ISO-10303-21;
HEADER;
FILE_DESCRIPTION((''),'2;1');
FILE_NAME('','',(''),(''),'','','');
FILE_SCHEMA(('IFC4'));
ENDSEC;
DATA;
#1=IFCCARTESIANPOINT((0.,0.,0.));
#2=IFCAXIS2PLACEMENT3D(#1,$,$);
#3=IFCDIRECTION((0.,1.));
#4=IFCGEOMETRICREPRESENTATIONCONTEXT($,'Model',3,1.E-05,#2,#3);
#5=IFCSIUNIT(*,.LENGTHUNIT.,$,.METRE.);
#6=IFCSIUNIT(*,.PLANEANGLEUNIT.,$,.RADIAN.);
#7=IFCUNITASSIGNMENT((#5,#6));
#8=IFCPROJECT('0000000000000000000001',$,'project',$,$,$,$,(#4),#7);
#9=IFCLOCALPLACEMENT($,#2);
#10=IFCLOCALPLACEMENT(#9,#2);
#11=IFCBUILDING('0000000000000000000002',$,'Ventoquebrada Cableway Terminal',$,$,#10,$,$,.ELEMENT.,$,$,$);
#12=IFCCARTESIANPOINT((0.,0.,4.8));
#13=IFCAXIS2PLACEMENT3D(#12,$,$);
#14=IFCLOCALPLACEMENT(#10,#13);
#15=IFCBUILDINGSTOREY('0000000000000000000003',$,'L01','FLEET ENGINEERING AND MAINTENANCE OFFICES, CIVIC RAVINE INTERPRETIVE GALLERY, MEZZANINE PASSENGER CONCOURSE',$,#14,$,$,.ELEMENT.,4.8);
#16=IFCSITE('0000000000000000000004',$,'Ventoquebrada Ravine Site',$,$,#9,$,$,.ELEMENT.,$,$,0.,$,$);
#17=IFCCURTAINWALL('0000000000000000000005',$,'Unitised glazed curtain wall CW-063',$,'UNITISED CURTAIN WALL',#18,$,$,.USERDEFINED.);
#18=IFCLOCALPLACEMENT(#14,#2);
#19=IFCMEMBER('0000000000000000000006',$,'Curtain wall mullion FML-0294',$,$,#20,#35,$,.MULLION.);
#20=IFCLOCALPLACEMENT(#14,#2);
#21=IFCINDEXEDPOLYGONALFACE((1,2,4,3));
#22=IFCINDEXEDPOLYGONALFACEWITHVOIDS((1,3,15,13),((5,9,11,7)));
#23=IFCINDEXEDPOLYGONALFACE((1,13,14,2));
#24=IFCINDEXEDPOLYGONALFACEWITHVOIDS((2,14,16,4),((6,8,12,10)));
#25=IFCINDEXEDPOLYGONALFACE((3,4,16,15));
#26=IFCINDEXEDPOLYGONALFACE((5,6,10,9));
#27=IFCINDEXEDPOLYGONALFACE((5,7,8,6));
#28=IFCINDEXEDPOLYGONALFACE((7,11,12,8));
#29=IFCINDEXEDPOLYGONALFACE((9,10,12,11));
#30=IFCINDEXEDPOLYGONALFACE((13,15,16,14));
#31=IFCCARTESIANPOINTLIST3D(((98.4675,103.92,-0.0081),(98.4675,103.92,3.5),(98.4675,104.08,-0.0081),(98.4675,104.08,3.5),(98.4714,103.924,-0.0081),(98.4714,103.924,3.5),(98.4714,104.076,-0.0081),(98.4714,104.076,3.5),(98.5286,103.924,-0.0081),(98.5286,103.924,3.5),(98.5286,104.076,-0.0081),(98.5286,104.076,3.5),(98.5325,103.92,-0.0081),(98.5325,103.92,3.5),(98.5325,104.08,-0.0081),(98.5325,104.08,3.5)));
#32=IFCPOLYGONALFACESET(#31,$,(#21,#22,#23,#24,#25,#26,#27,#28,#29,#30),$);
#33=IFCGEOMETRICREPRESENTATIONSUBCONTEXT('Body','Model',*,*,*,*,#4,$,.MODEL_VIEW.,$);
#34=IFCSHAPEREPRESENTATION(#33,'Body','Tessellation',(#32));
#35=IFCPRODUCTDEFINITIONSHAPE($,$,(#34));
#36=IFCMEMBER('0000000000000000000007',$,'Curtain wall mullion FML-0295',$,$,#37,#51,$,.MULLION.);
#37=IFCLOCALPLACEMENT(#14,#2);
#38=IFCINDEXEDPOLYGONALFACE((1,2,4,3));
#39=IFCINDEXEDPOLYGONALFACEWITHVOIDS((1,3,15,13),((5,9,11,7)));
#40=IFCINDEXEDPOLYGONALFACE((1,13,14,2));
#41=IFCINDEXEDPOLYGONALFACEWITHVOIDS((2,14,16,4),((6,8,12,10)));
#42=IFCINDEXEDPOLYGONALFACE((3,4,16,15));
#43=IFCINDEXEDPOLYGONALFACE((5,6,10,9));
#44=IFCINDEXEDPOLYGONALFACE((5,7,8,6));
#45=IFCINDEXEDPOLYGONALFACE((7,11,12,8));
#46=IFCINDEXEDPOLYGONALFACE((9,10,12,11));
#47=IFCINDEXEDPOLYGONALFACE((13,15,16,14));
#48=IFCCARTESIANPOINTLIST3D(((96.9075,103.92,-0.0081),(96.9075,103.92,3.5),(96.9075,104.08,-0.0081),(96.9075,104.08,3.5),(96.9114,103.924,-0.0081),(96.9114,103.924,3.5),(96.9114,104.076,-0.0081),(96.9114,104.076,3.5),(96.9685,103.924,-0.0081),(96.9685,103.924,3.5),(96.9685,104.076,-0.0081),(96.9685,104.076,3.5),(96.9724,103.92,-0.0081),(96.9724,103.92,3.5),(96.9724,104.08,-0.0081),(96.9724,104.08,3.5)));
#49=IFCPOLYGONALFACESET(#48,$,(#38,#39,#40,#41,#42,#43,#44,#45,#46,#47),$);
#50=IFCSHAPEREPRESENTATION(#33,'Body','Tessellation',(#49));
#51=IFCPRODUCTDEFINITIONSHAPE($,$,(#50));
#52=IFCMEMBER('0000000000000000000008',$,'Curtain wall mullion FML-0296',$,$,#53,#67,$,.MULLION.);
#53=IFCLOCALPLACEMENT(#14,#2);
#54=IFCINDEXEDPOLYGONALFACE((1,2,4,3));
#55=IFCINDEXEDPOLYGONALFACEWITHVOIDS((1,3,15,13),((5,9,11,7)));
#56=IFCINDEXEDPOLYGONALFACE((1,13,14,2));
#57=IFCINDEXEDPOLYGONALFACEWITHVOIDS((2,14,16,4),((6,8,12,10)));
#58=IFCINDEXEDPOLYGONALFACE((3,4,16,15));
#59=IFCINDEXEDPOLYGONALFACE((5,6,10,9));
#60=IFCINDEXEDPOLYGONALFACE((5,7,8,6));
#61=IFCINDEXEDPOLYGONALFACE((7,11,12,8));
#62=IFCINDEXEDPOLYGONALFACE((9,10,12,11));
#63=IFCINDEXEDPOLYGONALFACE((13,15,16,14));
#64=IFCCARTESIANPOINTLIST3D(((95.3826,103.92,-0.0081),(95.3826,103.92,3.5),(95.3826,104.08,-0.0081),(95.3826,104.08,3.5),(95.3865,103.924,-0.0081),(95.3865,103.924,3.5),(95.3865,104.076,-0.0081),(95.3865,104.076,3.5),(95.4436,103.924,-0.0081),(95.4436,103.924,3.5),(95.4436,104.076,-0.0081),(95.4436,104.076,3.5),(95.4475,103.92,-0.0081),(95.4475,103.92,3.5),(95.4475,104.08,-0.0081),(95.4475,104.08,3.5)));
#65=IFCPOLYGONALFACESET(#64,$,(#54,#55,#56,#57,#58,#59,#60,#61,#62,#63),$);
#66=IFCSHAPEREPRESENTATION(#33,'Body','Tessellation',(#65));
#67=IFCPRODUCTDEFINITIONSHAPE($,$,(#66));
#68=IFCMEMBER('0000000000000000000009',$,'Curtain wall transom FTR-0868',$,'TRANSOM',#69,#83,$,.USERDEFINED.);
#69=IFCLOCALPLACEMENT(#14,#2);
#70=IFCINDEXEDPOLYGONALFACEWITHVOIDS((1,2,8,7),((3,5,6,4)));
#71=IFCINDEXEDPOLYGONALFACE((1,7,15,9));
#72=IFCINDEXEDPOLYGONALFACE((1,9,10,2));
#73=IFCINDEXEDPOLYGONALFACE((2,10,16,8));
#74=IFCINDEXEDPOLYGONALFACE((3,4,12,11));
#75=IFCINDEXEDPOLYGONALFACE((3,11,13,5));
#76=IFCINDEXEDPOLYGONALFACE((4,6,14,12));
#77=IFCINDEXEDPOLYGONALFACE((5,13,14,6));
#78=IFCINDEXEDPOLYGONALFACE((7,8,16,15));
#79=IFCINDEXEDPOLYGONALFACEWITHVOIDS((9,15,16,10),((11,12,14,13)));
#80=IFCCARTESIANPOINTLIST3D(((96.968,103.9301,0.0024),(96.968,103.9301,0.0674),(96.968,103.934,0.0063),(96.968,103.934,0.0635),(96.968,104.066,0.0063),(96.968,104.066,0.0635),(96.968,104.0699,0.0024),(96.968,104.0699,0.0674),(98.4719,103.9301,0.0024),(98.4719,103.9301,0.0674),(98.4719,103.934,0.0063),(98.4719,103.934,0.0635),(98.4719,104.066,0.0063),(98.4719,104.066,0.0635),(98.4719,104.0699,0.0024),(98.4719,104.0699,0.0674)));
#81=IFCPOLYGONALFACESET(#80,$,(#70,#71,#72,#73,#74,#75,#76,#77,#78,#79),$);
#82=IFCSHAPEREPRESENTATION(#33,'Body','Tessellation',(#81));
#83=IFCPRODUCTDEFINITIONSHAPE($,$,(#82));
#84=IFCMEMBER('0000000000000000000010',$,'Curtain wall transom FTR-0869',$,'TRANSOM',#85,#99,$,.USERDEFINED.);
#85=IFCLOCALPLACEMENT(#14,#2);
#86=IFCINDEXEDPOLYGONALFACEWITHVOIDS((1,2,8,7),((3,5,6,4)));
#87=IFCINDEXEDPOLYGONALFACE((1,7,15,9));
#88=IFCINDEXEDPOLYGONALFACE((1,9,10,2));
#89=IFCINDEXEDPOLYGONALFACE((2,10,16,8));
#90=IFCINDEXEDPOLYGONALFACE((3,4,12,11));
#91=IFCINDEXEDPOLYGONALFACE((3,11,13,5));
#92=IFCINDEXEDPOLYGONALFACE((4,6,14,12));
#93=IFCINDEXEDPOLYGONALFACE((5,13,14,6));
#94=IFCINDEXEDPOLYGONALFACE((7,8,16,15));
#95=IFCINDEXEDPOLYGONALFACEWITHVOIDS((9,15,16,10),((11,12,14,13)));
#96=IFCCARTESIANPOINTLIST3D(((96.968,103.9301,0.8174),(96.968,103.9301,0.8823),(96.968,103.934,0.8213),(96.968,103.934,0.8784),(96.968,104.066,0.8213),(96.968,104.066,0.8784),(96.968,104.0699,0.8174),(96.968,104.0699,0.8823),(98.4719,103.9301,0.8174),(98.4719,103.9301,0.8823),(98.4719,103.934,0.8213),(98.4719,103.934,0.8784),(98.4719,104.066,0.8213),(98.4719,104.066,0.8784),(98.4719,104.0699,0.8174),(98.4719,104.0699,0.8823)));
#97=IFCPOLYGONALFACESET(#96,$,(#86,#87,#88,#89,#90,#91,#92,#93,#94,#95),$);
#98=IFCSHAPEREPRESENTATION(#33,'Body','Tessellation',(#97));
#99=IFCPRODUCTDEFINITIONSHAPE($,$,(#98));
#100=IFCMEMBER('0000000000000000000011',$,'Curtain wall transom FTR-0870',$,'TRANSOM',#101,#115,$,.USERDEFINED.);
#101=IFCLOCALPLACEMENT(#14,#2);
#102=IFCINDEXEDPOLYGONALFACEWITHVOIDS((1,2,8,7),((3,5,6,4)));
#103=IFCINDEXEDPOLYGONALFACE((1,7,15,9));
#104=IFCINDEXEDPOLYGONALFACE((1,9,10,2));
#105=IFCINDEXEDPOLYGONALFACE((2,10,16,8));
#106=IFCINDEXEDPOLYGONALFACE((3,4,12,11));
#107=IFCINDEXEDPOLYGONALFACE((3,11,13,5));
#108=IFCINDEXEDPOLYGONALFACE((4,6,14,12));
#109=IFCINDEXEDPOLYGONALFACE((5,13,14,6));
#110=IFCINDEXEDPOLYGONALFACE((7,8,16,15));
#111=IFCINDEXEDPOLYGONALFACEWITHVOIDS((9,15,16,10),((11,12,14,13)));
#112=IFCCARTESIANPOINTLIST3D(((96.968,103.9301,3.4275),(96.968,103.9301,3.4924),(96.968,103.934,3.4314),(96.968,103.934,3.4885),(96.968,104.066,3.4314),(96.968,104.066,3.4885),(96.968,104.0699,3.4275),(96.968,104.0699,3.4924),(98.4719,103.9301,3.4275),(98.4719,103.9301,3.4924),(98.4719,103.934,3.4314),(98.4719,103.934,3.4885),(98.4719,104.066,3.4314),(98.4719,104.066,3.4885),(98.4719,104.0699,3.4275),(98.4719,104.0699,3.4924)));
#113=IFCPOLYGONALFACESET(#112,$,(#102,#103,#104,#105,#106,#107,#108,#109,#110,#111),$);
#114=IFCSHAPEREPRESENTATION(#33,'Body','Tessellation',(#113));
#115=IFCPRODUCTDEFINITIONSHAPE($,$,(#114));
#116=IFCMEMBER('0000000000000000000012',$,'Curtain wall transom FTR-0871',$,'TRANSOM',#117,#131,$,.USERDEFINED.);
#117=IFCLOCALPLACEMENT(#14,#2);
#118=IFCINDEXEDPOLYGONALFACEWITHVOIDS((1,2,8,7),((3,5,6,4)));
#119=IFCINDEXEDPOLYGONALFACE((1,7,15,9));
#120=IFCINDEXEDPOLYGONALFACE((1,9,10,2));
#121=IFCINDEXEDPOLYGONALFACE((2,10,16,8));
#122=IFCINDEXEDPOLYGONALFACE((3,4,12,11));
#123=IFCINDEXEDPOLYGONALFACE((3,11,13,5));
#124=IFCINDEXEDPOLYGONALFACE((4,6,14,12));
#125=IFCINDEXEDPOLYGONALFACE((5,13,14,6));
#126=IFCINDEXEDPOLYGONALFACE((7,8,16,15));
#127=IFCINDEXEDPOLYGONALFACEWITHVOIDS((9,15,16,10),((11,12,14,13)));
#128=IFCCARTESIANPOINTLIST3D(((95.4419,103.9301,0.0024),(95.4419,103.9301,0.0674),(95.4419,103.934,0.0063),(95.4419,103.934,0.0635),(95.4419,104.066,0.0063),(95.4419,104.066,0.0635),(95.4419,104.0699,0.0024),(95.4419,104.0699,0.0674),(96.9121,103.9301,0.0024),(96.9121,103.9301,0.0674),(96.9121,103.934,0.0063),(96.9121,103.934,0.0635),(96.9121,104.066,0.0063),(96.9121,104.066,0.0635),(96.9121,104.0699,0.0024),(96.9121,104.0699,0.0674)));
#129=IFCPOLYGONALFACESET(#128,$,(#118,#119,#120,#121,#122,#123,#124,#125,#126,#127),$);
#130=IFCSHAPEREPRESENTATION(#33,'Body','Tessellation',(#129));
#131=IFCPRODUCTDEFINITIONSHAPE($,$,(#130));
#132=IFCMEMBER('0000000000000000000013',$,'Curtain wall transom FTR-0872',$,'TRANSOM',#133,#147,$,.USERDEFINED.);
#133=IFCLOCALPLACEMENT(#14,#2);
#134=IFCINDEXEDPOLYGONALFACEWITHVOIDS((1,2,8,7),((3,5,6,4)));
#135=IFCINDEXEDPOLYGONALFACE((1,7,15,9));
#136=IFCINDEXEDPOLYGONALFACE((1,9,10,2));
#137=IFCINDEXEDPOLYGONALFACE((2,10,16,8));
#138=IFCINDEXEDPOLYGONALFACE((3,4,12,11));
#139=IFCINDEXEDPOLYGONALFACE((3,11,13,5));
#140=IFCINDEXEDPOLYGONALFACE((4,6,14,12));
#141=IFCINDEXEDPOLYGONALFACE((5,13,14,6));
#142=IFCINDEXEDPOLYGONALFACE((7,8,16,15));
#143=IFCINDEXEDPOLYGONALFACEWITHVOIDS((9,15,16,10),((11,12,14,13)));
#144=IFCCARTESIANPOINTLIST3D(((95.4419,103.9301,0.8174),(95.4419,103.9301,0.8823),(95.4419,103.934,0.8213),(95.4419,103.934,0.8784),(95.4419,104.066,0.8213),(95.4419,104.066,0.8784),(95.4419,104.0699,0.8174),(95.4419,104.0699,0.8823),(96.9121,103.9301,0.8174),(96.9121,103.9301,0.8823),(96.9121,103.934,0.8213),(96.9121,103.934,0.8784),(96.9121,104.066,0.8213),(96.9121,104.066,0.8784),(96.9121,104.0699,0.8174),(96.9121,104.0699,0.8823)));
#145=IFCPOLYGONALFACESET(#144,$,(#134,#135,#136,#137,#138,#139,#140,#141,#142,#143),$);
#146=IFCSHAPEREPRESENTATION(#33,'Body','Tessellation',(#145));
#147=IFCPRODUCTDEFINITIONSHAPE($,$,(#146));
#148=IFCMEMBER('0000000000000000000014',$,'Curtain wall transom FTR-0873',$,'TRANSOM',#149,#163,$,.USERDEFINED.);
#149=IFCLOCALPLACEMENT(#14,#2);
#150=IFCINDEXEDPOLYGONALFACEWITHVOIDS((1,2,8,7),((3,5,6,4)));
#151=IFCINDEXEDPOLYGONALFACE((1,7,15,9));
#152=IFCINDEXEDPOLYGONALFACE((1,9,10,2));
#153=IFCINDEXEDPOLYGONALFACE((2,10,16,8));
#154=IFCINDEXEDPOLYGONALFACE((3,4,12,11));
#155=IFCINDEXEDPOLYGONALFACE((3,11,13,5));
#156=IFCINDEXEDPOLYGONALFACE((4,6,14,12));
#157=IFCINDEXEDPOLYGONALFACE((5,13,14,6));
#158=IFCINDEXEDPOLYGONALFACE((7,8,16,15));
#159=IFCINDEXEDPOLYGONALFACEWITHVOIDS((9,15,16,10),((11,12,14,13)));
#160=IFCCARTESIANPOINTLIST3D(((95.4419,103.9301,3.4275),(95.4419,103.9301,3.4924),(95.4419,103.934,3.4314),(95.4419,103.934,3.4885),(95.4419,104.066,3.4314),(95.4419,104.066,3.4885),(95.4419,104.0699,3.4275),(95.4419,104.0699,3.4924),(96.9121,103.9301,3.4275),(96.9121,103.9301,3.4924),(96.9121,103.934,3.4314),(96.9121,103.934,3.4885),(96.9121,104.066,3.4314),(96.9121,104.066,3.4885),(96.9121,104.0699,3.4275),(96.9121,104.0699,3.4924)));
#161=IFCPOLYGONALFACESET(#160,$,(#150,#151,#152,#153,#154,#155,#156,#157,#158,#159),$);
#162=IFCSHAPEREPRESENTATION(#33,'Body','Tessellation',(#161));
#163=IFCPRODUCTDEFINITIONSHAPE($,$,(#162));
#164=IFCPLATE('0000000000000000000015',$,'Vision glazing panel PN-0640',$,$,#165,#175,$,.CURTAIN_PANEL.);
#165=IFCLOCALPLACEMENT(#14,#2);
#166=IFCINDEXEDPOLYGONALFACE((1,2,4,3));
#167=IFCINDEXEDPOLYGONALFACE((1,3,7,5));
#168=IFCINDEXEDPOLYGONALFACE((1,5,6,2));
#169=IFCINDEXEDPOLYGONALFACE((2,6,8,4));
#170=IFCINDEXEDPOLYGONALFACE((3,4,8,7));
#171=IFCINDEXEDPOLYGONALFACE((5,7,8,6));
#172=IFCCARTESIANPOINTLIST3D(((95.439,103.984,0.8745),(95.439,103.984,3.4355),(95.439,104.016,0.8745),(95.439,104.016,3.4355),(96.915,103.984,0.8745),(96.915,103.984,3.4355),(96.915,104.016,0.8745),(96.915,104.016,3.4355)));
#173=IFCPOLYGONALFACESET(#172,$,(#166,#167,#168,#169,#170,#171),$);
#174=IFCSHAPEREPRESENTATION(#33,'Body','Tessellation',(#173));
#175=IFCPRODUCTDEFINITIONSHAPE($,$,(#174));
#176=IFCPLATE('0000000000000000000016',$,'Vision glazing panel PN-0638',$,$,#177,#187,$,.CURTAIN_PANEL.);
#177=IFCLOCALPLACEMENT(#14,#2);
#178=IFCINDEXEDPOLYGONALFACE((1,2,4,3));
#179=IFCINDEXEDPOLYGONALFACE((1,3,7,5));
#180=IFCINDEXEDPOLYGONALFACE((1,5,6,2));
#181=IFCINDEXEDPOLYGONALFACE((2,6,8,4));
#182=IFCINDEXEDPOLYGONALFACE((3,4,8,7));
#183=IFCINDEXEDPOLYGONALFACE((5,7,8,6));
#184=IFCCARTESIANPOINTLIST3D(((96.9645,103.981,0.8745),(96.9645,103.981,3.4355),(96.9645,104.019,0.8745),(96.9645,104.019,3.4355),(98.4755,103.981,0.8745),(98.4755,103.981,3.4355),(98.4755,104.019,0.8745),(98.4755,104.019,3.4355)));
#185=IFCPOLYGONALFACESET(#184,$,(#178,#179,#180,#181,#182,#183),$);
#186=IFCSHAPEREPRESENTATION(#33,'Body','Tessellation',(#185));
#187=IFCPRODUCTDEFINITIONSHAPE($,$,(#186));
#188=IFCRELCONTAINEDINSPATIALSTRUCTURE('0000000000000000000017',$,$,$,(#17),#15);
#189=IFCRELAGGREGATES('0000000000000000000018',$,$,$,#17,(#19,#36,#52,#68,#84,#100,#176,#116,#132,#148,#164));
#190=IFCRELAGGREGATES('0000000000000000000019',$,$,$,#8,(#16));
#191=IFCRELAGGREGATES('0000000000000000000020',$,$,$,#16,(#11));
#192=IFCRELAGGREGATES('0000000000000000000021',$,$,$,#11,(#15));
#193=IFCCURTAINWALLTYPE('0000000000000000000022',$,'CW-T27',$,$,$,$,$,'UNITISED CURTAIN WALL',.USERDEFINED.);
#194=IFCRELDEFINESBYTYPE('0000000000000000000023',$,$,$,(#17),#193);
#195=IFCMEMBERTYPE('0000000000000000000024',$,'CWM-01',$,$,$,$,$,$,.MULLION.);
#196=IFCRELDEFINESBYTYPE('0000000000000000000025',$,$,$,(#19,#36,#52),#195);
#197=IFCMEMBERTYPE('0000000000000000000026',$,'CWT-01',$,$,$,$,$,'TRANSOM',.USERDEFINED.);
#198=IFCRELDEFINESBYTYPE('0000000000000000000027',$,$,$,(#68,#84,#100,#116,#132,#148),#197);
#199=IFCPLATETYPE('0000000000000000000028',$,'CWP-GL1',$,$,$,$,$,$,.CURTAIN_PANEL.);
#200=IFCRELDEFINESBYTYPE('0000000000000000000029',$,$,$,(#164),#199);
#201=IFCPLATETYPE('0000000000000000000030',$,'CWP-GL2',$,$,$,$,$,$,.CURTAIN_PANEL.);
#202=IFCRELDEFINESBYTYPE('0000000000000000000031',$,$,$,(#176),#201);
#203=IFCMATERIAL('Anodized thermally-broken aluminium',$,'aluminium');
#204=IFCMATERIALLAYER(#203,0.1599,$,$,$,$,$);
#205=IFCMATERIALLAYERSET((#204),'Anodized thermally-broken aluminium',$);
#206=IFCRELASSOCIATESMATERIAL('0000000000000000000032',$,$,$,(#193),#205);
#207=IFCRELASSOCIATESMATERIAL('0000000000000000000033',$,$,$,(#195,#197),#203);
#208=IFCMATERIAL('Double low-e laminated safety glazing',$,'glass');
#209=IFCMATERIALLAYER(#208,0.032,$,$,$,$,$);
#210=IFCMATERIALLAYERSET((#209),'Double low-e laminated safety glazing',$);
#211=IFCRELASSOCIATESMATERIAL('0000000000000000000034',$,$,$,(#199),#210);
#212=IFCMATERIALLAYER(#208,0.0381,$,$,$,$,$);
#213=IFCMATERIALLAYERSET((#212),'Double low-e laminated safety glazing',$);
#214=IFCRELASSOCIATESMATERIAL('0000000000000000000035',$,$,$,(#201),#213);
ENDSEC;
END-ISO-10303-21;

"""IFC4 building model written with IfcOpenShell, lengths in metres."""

from ifc_helpers import new_model, si_unit, direction, frame, origin, origin_2d, place, context, subcontext, project, spatial, rectangle, hollow_rectangle, extrude, material, layer, layer_set, material_profile, profile_set, type_object, element, aggregate, save


model = new_model("IFC4")

# Units and contexts
model_context = context("Model", 3, precision=1e-05, world=origin(), true_north=direction((0.0, 1.0)))
body_context = subcontext(model_context, "Body", "Model", "MODEL_VIEW")
ifc_project = project(units=[si_unit("LENGTHUNIT", "METRE"), si_unit("PLANEANGLEUNIT", "RADIAN")], contexts=[model_context])

# Site, building, storey
site_placement = place(None, origin())
site = spatial("IfcSite", under=ifc_project, at=site_placement, Name="Ventoquebrada Ravine Site", CompositionType="ELEMENT", RefElevation=0.0)
building_placement = place(site_placement, origin())
building = spatial("IfcBuilding", under=site, at=building_placement, Name="Ventoquebrada Cableway Terminal", CompositionType="ELEMENT")
storey_placement = place(building_placement, frame((0.0, 0.0, 4.8)))
storey = spatial("IfcBuildingStorey", under=building, at=storey_placement, Name="L01", Description="FLEET ENGINEERING AND MAINTENANCE OFFICES, CIVIC RAVINE INTERPRETIVE GALLERY, MEZZANINE PASSENGER CONCOURSE", CompositionType="ELEMENT", Elevation=4.8)

# Curtain wall, members, plates
ifc_material_1 = material(Name="Anodized thermally-broken aluminium", Category="aluminium")
ifc_layer_1 = layer(ifc_material_1, 0.1599)
ifc_layer_set_1 = layer_set([ifc_layer_1], Name="Anodized thermally-broken aluminium")
curtain_wall_type = type_object("IfcCurtainWallType", Name="CW-T27", ElementType="UNITISED CURTAIN WALL", PredefinedType="USERDEFINED", material=ifc_layer_set_1)
curtain_wall_placement = place(storey_placement, origin())
curtain_wall = element("IfcCurtainWall", 1, at=curtain_wall_placement, inside=storey, type_object=curtain_wall_type, Name="Unitised glazed curtain wall CW-063", ObjectType="UNITISED CURTAIN WALL", PredefinedType="USERDEFINED")
ifc_material_profile_1 = material_profile(ifc_material_1, hollow_rectangle(XDim=0.0649, YDim=0.1599, WallThickness=0.0039, at=origin_2d()), Name="CW-MUL-65X160")
ifc_profile_set_1 = profile_set([ifc_material_profile_1], Name="Anodized thermally-broken aluminium")
member_type_1 = type_object("IfcMemberType", Name="CWM-01", PredefinedType="MULLION", material=ifc_profile_set_1)
member_1_placement = place(storey_placement, frame((98.5, 104.0, -0.0081), z_axis=(0.0, 0.0, 1.0), x_axis=(-1.0, 0.0, 0.0)))
member_1 = element("IfcMember", 2, at=member_1_placement, type_object=member_type_1, Name="Curtain wall mullion FML-0294", PredefinedType="MULLION", context=body_context, shape_type="SweptSolid", body=[
    extrude(hollow_rectangle(XDim=0.0649, YDim=0.1599, WallThickness=0.0039, at=origin_2d()), origin(), (0.0, 0.0, 1.0), 3.5081),
])
member_2_placement = place(storey_placement, frame((96.9399, 104.0, -0.0081), z_axis=(0.0, 0.0, 1.0), x_axis=(-1.0, 0.0, 0.0)))
member_2 = element("IfcMember", 3, at=member_2_placement, type_object=member_type_1, Name="Curtain wall mullion FML-0295", PredefinedType="MULLION", context=body_context, shape_type="SweptSolid", body=[
    extrude(hollow_rectangle(XDim=0.0649, YDim=0.1599, WallThickness=0.0039, at=origin_2d()), origin(), (0.0, 0.0, 1.0), 3.5081),
])
member_3_placement = place(storey_placement, frame((95.415, 104.0, -0.0081), z_axis=(0.0, 0.0, 1.0), x_axis=(-1.0, 0.0, 0.0)))
member_3 = element("IfcMember", 4, at=member_3_placement, type_object=member_type_1, Name="Curtain wall mullion FML-0296", PredefinedType="MULLION", context=body_context, shape_type="SweptSolid", body=[
    extrude(hollow_rectangle(XDim=0.0649, YDim=0.1599, WallThickness=0.0039, at=origin_2d()), origin(), (0.0, 0.0, 1.0), 3.5081),
])
ifc_material_profile_2 = material_profile(ifc_material_1, hollow_rectangle(XDim=0.0649, YDim=0.1399, WallThickness=0.0039, at=origin_2d()), Name="CW-TRN-65X140")
ifc_profile_set_2 = profile_set([ifc_material_profile_2], Name="Anodized thermally-broken aluminium")
member_type_2 = type_object("IfcMemberType", Name="CWT-01", ElementType="TRANSOM", PredefinedType="USERDEFINED", material=ifc_profile_set_2)
member_4_placement = place(storey_placement, frame((98.4719, 104.0, 0.0349), z_axis=(-1.0, 0.0, 0.0), x_axis=(0.0, 0.0, 1.0)))
member_4 = element("IfcMember", 5, at=member_4_placement, type_object=member_type_2, Name="Curtain wall transom FTR-0868", ObjectType="TRANSOM", PredefinedType="USERDEFINED", context=body_context, shape_type="SweptSolid", body=[
    extrude(hollow_rectangle(XDim=0.0649, YDim=0.1399, WallThickness=0.0039, at=origin_2d()), origin(), (0.0, 0.0, 1.0), 1.5039),
])
member_5_placement = place(storey_placement, frame((98.4719, 104.0, 0.8499), z_axis=(-1.0, 0.0, 0.0), x_axis=(0.0, 0.0, 1.0)))
member_5 = element("IfcMember", 6, at=member_5_placement, type_object=member_type_2, Name="Curtain wall transom FTR-0869", ObjectType="TRANSOM", PredefinedType="USERDEFINED", context=body_context, shape_type="SweptSolid", body=[
    extrude(hollow_rectangle(XDim=0.0649, YDim=0.1399, WallThickness=0.0039, at=origin_2d()), origin(), (0.0, 0.0, 1.0), 1.5039),
])
member_6_placement = place(storey_placement, frame((98.4719, 104.0, 3.46), z_axis=(-1.0, 0.0, 0.0), x_axis=(0.0, 0.0, 1.0)))
member_6 = element("IfcMember", 7, at=member_6_placement, type_object=member_type_2, Name="Curtain wall transom FTR-0870", ObjectType="TRANSOM", PredefinedType="USERDEFINED", context=body_context, shape_type="SweptSolid", body=[
    extrude(hollow_rectangle(XDim=0.0649, YDim=0.1399, WallThickness=0.0039, at=origin_2d()), origin(), (0.0, 0.0, 1.0), 1.5039),
])
member_7_placement = place(storey_placement, frame((96.9121, 104.0, 0.0349), z_axis=(-1.0, 0.0, 0.0), x_axis=(0.0, 0.0, 1.0)))
member_7 = element("IfcMember", 8, at=member_7_placement, type_object=member_type_2, Name="Curtain wall transom FTR-0871", ObjectType="TRANSOM", PredefinedType="USERDEFINED", context=body_context, shape_type="SweptSolid", body=[
    extrude(hollow_rectangle(XDim=0.0649, YDim=0.1399, WallThickness=0.0039, at=origin_2d()), origin(), (0.0, 0.0, 1.0), 1.4702),
])
member_8_placement = place(storey_placement, frame((96.9121, 104.0, 0.8499), z_axis=(-1.0, 0.0, 0.0), x_axis=(0.0, 0.0, 1.0)))
member_8 = element("IfcMember", 9, at=member_8_placement, type_object=member_type_2, Name="Curtain wall transom FTR-0872", ObjectType="TRANSOM", PredefinedType="USERDEFINED", context=body_context, shape_type="SweptSolid", body=[
    extrude(hollow_rectangle(XDim=0.0649, YDim=0.1399, WallThickness=0.0039, at=origin_2d()), origin(), (0.0, 0.0, 1.0), 1.4702),
])
member_9_placement = place(storey_placement, frame((96.9121, 104.0, 3.46), z_axis=(-1.0, 0.0, 0.0), x_axis=(0.0, 0.0, 1.0)))
member_9 = element("IfcMember", 10, at=member_9_placement, type_object=member_type_2, Name="Curtain wall transom FTR-0873", ObjectType="TRANSOM", PredefinedType="USERDEFINED", context=body_context, shape_type="SweptSolid", body=[
    extrude(hollow_rectangle(XDim=0.0649, YDim=0.1399, WallThickness=0.0039, at=origin_2d()), origin(), (0.0, 0.0, 1.0), 1.4702),
])
ifc_material_2 = material(Name="Double low-e laminated safety glazing", Category="glass")
ifc_layer_2 = layer(ifc_material_2, 0.032)
ifc_layer_set_2 = layer_set([ifc_layer_2], Name="Double low-e laminated safety glazing")
plate_type_1 = type_object("IfcPlateType", Name="CWP-GL1", PredefinedType="CURTAIN_PANEL", material=ifc_layer_set_2)
plate_1_placement = place(storey_placement, frame((96.177, 104.0, 0.8745), z_axis=(0.0, 0.0, 1.0), x_axis=(-1.0, 0.0, 0.0)))
plate_1 = element("IfcPlate", 11, at=plate_1_placement, type_object=plate_type_1, Name="Vision glazing panel PN-0640", PredefinedType="CURTAIN_PANEL", context=body_context, shape_type="SweptSolid", body=[
    extrude(rectangle(XDim=1.4761, YDim=0.032, at=origin_2d()), origin(), (0.0, 0.0, 1.0), 2.561),
])
ifc_layer_3 = layer(ifc_material_2, 0.0381)
ifc_layer_set_3 = layer_set([ifc_layer_3], Name="Double low-e laminated safety glazing")
plate_type_2 = type_object("IfcPlateType", Name="CWP-GL2", PredefinedType="CURTAIN_PANEL", material=ifc_layer_set_3)
plate_2_placement = place(storey_placement, frame((97.72, 104.0, 0.8745), z_axis=(0.0, 0.0, 1.0), x_axis=(-1.0, 0.0, 0.0)))
plate_2 = element("IfcPlate", 12, at=plate_2_placement, type_object=plate_type_2, Name="Vision glazing panel PN-0638", PredefinedType="CURTAIN_PANEL", context=body_context, shape_type="SweptSolid", body=[
    extrude(rectangle(XDim=1.511, YDim=0.0381, at=origin_2d()), origin(), (0.0, 0.0, 1.0), 2.561),
])
aggregate(curtain_wall, [member_1, member_2, member_3, member_4, member_5, member_6, plate_2, member_7, member_8, member_9, plate_1])

save(model, "model.ifc")
